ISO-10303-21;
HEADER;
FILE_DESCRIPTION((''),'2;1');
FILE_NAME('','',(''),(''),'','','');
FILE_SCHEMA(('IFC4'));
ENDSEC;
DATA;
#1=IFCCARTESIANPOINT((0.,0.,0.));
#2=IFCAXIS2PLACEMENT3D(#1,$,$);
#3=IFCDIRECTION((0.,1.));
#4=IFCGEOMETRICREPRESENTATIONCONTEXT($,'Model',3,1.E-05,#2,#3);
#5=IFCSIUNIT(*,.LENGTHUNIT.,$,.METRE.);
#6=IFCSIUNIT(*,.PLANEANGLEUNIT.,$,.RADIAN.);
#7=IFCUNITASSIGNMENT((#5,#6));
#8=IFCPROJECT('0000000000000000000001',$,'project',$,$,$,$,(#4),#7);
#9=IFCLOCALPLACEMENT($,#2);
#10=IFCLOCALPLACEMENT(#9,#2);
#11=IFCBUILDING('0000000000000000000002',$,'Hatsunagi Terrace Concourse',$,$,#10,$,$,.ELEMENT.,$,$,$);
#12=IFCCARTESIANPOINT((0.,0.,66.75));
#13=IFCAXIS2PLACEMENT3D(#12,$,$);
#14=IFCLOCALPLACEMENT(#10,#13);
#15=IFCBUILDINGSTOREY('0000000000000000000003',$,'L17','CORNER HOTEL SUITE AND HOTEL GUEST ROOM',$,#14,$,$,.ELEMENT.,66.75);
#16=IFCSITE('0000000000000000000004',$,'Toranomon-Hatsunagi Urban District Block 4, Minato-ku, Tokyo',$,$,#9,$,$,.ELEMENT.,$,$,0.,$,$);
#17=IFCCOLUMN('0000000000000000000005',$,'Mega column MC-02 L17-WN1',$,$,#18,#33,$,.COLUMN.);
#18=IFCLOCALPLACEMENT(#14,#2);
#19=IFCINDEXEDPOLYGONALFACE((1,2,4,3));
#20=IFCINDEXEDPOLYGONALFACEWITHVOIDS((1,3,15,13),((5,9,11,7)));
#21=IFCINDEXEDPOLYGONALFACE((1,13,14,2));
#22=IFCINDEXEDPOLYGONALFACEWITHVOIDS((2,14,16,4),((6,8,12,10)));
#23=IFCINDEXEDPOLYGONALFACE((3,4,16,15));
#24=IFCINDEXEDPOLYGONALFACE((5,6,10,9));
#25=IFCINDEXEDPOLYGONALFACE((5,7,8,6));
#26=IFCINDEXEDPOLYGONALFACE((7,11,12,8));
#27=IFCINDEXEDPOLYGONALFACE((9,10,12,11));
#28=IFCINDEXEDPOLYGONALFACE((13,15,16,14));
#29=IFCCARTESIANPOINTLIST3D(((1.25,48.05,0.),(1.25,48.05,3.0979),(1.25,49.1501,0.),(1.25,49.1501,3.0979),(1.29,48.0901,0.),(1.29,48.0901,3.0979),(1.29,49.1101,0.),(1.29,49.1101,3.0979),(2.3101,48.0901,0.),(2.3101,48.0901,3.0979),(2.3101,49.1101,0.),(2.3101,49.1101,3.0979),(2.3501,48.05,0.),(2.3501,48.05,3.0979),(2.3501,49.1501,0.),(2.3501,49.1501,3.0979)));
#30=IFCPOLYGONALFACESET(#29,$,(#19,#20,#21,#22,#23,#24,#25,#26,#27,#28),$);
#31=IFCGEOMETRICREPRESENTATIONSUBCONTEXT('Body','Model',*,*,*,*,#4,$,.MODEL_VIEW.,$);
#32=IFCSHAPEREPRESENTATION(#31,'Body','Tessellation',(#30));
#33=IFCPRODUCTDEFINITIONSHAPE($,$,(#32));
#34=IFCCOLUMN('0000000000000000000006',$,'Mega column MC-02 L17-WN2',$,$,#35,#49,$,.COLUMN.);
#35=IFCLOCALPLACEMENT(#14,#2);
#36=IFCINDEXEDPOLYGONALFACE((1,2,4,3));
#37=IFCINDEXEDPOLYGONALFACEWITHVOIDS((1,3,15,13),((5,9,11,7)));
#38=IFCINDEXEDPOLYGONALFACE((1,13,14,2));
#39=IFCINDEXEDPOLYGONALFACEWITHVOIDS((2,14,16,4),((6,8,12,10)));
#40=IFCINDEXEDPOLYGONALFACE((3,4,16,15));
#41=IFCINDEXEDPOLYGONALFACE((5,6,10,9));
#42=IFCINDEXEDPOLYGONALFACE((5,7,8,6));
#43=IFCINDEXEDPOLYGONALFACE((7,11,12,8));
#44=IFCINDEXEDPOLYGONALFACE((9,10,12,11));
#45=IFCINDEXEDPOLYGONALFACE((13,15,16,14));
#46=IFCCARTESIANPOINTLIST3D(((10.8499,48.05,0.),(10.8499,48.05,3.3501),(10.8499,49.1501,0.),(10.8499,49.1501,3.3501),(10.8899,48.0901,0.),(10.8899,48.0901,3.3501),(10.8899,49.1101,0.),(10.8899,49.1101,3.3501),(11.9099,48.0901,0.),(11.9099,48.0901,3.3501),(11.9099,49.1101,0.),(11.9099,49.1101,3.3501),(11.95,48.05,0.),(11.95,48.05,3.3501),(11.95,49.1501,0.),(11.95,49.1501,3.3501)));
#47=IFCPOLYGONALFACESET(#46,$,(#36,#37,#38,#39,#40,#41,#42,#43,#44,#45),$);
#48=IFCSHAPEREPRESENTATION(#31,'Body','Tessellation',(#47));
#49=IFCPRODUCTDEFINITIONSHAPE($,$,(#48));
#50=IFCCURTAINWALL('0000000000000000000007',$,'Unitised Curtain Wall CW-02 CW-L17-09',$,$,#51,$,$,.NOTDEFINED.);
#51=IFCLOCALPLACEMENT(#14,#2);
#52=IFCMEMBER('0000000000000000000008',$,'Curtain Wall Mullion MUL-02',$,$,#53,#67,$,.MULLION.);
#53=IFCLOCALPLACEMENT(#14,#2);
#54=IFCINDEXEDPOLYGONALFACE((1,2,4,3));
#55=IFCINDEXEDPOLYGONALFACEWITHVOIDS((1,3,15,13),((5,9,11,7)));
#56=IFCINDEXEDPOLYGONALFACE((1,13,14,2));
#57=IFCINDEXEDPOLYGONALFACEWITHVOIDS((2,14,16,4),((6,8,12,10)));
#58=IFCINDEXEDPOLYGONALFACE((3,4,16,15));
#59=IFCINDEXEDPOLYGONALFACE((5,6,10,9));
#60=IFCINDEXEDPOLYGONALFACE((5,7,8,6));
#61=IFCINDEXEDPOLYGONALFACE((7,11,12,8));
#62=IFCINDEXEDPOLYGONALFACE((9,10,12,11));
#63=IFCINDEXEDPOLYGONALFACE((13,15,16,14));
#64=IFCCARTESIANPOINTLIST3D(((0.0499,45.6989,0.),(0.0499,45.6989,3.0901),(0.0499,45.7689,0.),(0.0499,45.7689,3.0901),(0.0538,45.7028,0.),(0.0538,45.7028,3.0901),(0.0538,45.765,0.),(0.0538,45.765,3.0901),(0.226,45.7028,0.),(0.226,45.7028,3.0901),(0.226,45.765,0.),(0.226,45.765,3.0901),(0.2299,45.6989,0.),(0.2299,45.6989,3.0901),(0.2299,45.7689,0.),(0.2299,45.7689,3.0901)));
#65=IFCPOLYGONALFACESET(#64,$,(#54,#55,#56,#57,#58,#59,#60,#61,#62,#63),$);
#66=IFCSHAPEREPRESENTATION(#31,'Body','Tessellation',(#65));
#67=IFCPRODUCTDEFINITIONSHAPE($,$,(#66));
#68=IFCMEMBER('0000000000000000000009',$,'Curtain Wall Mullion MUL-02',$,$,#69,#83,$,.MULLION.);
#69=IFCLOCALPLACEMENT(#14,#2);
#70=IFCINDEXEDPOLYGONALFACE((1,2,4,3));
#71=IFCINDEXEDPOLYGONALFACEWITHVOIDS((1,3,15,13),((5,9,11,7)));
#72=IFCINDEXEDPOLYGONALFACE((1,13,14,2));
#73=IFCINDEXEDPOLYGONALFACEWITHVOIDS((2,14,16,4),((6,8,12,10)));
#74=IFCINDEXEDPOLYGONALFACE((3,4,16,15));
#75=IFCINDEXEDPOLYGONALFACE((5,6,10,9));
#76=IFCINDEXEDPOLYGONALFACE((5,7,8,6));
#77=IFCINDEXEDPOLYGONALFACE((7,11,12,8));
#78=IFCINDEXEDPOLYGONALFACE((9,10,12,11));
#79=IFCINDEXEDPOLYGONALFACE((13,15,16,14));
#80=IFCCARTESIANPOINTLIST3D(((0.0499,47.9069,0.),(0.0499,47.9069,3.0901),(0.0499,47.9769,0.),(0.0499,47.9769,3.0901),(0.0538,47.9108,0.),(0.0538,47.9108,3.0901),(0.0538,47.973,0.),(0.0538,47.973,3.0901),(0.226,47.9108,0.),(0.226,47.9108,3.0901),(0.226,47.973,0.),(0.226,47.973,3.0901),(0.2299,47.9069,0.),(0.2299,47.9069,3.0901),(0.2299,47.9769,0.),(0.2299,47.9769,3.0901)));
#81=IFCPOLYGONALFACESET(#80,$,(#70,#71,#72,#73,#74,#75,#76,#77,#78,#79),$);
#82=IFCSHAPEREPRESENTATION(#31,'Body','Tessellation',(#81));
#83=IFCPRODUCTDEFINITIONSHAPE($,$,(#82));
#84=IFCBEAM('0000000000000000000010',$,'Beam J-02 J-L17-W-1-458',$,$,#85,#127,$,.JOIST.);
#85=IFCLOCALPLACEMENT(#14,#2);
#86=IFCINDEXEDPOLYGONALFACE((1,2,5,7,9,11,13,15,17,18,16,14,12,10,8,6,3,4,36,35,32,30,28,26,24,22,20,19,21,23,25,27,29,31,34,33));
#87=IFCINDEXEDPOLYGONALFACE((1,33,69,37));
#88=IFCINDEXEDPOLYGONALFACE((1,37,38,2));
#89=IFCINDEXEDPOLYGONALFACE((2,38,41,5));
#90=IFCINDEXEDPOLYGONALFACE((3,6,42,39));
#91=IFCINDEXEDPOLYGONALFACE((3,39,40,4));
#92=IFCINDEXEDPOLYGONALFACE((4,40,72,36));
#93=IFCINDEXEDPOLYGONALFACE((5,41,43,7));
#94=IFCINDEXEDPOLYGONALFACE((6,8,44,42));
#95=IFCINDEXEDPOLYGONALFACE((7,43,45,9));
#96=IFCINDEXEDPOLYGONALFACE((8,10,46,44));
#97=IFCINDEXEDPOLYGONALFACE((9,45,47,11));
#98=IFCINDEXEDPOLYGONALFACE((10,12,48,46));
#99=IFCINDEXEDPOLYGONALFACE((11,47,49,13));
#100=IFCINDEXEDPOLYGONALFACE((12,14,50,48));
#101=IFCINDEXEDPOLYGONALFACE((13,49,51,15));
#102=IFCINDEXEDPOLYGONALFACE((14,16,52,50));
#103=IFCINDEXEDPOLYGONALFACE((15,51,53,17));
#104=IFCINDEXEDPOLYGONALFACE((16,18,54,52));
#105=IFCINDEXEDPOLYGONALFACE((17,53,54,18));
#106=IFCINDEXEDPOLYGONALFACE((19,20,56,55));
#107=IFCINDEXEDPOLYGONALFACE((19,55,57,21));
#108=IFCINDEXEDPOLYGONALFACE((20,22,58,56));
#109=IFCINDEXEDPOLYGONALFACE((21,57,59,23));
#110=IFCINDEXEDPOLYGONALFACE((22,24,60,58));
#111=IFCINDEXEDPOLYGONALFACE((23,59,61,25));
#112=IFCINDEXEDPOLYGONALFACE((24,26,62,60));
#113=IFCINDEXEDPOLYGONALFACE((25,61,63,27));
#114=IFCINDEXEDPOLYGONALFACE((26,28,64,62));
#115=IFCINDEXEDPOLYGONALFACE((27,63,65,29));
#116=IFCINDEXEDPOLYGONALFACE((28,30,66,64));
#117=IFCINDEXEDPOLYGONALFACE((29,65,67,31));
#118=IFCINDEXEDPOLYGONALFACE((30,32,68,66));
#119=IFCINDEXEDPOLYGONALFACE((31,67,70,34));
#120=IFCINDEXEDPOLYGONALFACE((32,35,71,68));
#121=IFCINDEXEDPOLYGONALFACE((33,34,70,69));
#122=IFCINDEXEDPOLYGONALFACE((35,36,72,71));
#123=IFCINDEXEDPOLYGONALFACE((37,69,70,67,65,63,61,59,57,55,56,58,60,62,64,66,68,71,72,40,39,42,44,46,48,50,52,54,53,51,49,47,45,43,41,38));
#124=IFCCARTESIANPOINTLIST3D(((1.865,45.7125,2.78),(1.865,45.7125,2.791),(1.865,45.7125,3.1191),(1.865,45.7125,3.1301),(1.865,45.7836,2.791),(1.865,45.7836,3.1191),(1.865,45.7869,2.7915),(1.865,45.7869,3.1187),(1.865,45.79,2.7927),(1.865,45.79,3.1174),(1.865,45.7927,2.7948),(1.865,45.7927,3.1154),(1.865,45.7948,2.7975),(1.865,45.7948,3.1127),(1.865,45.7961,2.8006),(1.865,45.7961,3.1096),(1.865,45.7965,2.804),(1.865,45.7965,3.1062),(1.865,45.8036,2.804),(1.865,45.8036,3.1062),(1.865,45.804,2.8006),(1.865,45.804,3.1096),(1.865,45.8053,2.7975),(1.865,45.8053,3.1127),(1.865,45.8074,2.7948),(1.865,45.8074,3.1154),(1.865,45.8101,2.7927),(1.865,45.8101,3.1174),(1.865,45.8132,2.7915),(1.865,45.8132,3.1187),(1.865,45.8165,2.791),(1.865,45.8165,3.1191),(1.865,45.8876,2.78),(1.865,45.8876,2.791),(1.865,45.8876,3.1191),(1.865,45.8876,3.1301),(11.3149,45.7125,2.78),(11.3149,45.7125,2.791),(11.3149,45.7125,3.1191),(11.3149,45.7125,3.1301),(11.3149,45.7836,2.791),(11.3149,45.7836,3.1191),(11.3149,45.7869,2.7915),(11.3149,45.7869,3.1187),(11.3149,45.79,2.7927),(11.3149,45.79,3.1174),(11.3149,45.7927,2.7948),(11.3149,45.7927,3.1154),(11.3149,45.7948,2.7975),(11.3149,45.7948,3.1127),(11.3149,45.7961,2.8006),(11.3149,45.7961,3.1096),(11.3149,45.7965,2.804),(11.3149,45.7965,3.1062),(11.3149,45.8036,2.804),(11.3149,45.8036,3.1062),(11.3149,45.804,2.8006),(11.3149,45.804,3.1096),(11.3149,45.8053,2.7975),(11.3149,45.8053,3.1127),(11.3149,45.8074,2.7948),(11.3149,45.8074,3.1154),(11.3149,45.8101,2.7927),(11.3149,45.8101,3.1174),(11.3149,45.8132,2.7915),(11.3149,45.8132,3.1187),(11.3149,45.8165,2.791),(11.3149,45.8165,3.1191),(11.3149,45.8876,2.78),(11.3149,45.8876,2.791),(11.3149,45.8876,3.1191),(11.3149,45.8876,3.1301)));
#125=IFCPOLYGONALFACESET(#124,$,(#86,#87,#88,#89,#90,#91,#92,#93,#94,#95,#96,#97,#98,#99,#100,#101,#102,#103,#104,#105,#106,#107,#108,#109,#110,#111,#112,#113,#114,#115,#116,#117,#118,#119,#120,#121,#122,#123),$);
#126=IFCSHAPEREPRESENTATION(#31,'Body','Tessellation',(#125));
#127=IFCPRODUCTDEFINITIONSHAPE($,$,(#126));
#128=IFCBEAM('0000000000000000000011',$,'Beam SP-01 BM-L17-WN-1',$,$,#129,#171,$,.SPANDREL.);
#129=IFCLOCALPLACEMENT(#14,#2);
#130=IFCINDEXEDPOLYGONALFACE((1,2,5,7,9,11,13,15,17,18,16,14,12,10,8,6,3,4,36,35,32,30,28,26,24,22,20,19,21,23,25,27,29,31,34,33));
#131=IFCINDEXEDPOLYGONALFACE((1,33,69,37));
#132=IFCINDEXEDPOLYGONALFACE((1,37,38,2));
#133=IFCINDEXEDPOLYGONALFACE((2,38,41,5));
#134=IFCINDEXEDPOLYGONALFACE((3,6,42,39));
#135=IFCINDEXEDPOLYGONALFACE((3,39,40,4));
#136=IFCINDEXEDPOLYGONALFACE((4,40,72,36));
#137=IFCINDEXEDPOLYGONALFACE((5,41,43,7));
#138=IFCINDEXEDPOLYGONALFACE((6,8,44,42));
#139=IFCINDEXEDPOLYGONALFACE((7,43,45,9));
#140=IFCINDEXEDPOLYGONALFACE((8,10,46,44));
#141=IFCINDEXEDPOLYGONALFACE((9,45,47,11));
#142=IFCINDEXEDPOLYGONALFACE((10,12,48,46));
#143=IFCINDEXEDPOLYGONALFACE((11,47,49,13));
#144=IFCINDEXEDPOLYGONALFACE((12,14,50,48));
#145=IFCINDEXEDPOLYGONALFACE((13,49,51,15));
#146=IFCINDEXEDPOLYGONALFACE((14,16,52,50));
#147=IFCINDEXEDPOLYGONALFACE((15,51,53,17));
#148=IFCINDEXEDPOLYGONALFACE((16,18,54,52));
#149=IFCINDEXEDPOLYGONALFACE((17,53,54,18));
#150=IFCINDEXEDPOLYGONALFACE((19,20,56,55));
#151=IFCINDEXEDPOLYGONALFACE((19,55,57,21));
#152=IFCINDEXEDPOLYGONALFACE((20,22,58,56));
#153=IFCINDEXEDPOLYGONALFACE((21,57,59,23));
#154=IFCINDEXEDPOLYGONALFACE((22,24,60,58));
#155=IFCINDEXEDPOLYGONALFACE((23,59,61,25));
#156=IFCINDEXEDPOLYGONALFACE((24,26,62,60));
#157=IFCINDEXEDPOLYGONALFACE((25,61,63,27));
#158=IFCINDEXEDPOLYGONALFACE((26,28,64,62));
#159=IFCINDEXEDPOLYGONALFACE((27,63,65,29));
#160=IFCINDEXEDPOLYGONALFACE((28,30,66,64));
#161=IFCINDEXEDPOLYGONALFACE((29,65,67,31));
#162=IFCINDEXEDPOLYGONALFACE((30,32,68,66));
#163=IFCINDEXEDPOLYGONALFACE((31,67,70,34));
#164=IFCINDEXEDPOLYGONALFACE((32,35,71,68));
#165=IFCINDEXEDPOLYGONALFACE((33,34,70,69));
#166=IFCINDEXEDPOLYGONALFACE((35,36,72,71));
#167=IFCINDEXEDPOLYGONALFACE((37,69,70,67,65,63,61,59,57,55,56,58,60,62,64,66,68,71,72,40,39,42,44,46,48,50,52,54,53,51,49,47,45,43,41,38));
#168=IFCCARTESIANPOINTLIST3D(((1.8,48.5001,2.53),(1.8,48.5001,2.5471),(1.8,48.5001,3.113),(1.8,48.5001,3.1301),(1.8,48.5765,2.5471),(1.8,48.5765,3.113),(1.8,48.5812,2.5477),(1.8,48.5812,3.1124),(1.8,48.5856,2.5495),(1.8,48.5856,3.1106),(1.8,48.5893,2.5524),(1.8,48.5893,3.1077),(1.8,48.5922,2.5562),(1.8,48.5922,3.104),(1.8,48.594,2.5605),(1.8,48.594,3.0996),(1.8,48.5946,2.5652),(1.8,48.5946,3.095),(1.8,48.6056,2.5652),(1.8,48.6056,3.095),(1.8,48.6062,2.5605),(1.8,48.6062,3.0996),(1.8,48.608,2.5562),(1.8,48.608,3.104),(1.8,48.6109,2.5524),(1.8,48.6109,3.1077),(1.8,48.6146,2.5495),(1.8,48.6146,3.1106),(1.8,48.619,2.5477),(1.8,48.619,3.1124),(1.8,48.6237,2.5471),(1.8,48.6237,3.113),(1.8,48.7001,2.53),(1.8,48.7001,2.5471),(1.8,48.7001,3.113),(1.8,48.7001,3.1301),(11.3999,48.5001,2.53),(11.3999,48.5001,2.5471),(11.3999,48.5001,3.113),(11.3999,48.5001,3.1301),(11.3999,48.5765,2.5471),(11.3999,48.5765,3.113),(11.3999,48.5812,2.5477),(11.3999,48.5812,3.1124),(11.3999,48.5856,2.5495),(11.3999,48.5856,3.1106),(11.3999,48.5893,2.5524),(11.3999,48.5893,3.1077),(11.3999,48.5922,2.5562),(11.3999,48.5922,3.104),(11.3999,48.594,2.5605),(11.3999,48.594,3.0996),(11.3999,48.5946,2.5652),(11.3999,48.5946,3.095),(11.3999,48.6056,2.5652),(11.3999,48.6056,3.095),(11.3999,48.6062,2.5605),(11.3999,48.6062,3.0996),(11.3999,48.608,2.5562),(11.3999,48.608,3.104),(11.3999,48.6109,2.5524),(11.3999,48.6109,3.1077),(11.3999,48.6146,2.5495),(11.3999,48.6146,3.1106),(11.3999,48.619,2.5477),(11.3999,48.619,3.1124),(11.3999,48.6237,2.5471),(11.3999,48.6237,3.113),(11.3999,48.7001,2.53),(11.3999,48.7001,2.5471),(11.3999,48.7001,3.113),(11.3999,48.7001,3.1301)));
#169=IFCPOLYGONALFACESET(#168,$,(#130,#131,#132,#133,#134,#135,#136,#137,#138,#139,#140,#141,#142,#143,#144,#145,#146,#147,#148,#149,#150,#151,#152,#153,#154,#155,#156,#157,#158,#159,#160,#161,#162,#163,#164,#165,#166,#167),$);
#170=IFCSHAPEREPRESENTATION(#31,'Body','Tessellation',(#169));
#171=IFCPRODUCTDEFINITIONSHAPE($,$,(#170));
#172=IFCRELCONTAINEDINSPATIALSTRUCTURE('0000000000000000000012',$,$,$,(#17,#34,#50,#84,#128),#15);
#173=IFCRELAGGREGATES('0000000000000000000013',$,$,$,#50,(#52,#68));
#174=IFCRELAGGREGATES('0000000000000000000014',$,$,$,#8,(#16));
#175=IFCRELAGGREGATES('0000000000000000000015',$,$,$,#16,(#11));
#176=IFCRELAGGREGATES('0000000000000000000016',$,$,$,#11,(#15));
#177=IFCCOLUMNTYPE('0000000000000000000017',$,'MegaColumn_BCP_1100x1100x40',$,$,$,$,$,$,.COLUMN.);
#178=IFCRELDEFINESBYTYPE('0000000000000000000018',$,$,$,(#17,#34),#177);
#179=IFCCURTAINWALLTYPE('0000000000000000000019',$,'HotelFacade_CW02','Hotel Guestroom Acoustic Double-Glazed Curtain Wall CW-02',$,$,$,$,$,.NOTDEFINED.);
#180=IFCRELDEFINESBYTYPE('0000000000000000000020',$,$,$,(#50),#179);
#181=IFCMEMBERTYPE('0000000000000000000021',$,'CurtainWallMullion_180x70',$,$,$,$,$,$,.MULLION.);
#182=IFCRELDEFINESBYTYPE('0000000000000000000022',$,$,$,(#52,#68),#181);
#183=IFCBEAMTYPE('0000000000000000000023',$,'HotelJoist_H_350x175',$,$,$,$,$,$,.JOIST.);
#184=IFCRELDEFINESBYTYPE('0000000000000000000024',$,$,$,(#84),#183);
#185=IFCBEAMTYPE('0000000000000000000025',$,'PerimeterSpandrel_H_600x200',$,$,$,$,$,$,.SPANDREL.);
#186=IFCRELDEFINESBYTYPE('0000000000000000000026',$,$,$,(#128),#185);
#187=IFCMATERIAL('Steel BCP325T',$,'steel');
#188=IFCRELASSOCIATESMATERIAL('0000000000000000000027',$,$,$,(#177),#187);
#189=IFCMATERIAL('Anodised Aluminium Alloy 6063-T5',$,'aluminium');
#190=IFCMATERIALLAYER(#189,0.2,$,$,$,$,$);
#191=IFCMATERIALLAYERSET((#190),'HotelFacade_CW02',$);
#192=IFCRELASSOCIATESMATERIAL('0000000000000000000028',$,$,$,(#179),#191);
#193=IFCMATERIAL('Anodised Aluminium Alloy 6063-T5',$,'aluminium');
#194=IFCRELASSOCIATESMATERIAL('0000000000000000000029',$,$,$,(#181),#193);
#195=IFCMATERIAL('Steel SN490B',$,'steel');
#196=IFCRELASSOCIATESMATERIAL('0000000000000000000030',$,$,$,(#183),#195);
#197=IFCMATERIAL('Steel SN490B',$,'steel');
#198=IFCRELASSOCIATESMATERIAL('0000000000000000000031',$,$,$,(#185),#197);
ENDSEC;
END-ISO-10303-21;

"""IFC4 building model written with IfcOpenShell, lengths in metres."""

from ifc_helpers import new_model, si_unit, direction, frame, origin, origin_2d, place, context, subcontext, project, spatial, hollow_rectangle, i_section, extrude, material, layer, layer_set, material_profile, profile_set, type_object, element, aggregate, save


model = new_model("IFC4")

# Units and contexts
model_context = context("Model", 3, precision=1e-05, world=origin(), true_north=direction((0.0, 1.0)))
body_context = subcontext(model_context, "Body", "Model", "MODEL_VIEW")
ifc_project = project(units=[si_unit("LENGTHUNIT", "METRE"), si_unit("PLANEANGLEUNIT", "RADIAN")], contexts=[model_context])

# Site, building, storey
site_placement = place(None, origin())
site = spatial("IfcSite", under=ifc_project, at=site_placement, Name="Toranomon-Hatsunagi Urban District Block 4, Minato-ku, Tokyo", CompositionType="ELEMENT", RefElevation=0.0)
building_placement = place(site_placement, origin())
building = spatial("IfcBuilding", under=site, at=building_placement, Name="Hatsunagi Terrace Concourse", CompositionType="ELEMENT")
storey_placement = place(building_placement, frame((0.0, 0.0, 66.75)))
storey = spatial("IfcBuildingStorey", under=building, at=storey_placement, Name="L17", Description="CORNER HOTEL SUITE AND HOTEL GUEST ROOM", CompositionType="ELEMENT", Elevation=66.75)

# Columns
ifc_material_1 = material(Name="Steel BCP325T", Category="steel")
ifc_material_profile_1 = material_profile(ifc_material_1, hollow_rectangle(XDim=1.1001, YDim=1.1001, WallThickness=0.04, at=origin_2d()), Name="BCP-1100x1100x40")
ifc_profile_set_1 = profile_set([ifc_material_profile_1], Name="Steel BCP325T")
column_type = type_object("IfcColumnType", Name="MegaColumn_BCP_1100x1100x40", PredefinedType="COLUMN", material=ifc_profile_set_1)
column_1_placement = place(storey_placement, frame((1.8, 48.6001, 0.0), z_axis=(0.0, 0.0, 1.0), x_axis=(1.0, 0.0, 0.0)))
element("IfcColumn", 1, at=column_1_placement, inside=storey, type_object=column_type, Name="Mega column MC-02 L17-WN1", PredefinedType="COLUMN", context=body_context, shape_type="SweptSolid", body=[
    extrude(hollow_rectangle(XDim=1.1001, YDim=1.1001, WallThickness=0.04, at=origin_2d()), origin(), (0.0, 0.0, 1.0), 3.0979),
])
column_2_placement = place(storey_placement, frame((11.3999, 48.6001, 0.0), z_axis=(0.0, 0.0, 1.0), x_axis=(1.0, 0.0, 0.0)))
element("IfcColumn", 2, at=column_2_placement, inside=storey, type_object=column_type, Name="Mega column MC-02 L17-WN2", PredefinedType="COLUMN", context=body_context, shape_type="SweptSolid", body=[
    extrude(hollow_rectangle(XDim=1.1001, YDim=1.1001, WallThickness=0.04, at=origin_2d()), origin(), (0.0, 0.0, 1.0), 3.3501),
])

# Curtain wall, members
ifc_material_2 = material(Name="Anodised Aluminium Alloy 6063-T5", Category="aluminium")
ifc_layer_1 = layer(ifc_material_2, 0.2)
ifc_layer_set_1 = layer_set([ifc_layer_1], Name="HotelFacade_CW02")
curtain_wall_type = type_object("IfcCurtainWallType", Name="HotelFacade_CW02", Description="Hotel Guestroom Acoustic Double-Glazed Curtain Wall CW-02", PredefinedType="NOTDEFINED", material=ifc_layer_set_1)
curtain_wall_placement = place(storey_placement, origin())
curtain_wall = element("IfcCurtainWall", 3, at=curtain_wall_placement, inside=storey, type_object=curtain_wall_type, Name="Unitised Curtain Wall CW-02 CW-L17-09", PredefinedType="NOTDEFINED")
ifc_material_3 = material(Name="Anodised Aluminium Alloy 6063-T5", Category="aluminium")
ifc_material_profile_2 = material_profile(ifc_material_3, hollow_rectangle(XDim=0.0701, YDim=0.1799, WallThickness=0.0039, at=origin_2d()), Name="ALU-MUL-180x70x4")
ifc_profile_set_2 = profile_set([ifc_material_profile_2], Name="Anodised Aluminium Alloy 6063-T5")
member_type = type_object("IfcMemberType", Name="CurtainWallMullion_180x70", PredefinedType="MULLION", material=ifc_profile_set_2)
member_1_placement = place(storey_placement, frame((0.1399, 45.7339, 0.0), z_axis=(0.0, 0.0, 1.0), x_axis=(0.0, 1.0, 0.0)))
member_1 = element("IfcMember", 4, at=member_1_placement, type_object=member_type, Name="Curtain Wall Mullion MUL-02", PredefinedType="MULLION", context=body_context, shape_type="SweptSolid", body=[
    extrude(hollow_rectangle(XDim=0.0701, YDim=0.1799, WallThickness=0.0039, at=origin_2d()), origin(), (0.0, 0.0, 1.0), 3.0901),
])
member_2_placement = place(storey_placement, frame((0.1399, 47.9419, 0.0), z_axis=(0.0, 0.0, 1.0), x_axis=(0.0, 1.0, 0.0)))
member_2 = element("IfcMember", 5, at=member_2_placement, type_object=member_type, Name="Curtain Wall Mullion MUL-02", PredefinedType="MULLION", context=body_context, shape_type="SweptSolid", body=[
    extrude(hollow_rectangle(XDim=0.0701, YDim=0.1799, WallThickness=0.0039, at=origin_2d()), origin(), (0.0, 0.0, 1.0), 3.0901),
])

# Beams
ifc_material_4 = material(Name="Steel SN490B", Category="steel")
ifc_material_profile_3 = material_profile(ifc_material_4, i_section(OverallWidth=0.175, OverallDepth=0.3501, WebThickness=0.0071, FlangeThickness=0.011, FilletRadius=0.0129, at=origin_2d()), Name="H-350x175x7x11")
ifc_profile_set_3 = profile_set([ifc_material_profile_3], Name="Steel SN490B")
beam_type_1 = type_object("IfcBeamType", Name="HotelJoist_H_350x175", PredefinedType="JOIST", material=ifc_profile_set_3)
beam_1_placement = place(storey_placement, frame((1.865, 45.8, 2.9551), z_axis=(1.0, 0.0, 0.0), x_axis=(0.0, 1.0, 0.0)))
element("IfcBeam", 6, at=beam_1_placement, inside=storey, type_object=beam_type_1, Name="Beam J-02 J-L17-W-1-458", PredefinedType="JOIST", context=body_context, shape_type="SweptSolid", body=[
    extrude(i_section(OverallWidth=0.175, OverallDepth=0.3501, WebThickness=0.0071, FlangeThickness=0.011, FilletRadius=0.0129, at=origin_2d()), origin(), (0.0, 0.0, 1.0), 9.45),
])
ifc_material_5 = material(Name="Steel SN490B", Category="steel")
ifc_material_profile_4 = material_profile(ifc_material_5, i_section(OverallWidth=0.2, OverallDepth=0.6001, WebThickness=0.011, FlangeThickness=0.0171, FilletRadius=0.0181, at=origin_2d()), Name="H-600x200x11x17")
ifc_profile_set_4 = profile_set([ifc_material_profile_4], Name="Steel SN490B")
beam_type_2 = type_object("IfcBeamType", Name="PerimeterSpandrel_H_600x200", PredefinedType="SPANDREL", material=ifc_profile_set_4)
beam_2_placement = place(storey_placement, frame((1.8, 48.6001, 2.8301), z_axis=(1.0, 0.0, 0.0), x_axis=(0.0, 1.0, 0.0)))
element("IfcBeam", 7, at=beam_2_placement, inside=storey, type_object=beam_type_2, Name="Beam SP-01 BM-L17-WN-1", PredefinedType="SPANDREL", context=body_context, shape_type="SweptSolid", body=[
    extrude(i_section(OverallWidth=0.2, OverallDepth=0.6001, WebThickness=0.011, FlangeThickness=0.0171, FilletRadius=0.0181, at=origin_2d()), origin(), (0.0, 0.0, 1.0), 9.5999),
])

aggregate(curtain_wall, [member_1, member_2])

save(model, "model.ifc")
